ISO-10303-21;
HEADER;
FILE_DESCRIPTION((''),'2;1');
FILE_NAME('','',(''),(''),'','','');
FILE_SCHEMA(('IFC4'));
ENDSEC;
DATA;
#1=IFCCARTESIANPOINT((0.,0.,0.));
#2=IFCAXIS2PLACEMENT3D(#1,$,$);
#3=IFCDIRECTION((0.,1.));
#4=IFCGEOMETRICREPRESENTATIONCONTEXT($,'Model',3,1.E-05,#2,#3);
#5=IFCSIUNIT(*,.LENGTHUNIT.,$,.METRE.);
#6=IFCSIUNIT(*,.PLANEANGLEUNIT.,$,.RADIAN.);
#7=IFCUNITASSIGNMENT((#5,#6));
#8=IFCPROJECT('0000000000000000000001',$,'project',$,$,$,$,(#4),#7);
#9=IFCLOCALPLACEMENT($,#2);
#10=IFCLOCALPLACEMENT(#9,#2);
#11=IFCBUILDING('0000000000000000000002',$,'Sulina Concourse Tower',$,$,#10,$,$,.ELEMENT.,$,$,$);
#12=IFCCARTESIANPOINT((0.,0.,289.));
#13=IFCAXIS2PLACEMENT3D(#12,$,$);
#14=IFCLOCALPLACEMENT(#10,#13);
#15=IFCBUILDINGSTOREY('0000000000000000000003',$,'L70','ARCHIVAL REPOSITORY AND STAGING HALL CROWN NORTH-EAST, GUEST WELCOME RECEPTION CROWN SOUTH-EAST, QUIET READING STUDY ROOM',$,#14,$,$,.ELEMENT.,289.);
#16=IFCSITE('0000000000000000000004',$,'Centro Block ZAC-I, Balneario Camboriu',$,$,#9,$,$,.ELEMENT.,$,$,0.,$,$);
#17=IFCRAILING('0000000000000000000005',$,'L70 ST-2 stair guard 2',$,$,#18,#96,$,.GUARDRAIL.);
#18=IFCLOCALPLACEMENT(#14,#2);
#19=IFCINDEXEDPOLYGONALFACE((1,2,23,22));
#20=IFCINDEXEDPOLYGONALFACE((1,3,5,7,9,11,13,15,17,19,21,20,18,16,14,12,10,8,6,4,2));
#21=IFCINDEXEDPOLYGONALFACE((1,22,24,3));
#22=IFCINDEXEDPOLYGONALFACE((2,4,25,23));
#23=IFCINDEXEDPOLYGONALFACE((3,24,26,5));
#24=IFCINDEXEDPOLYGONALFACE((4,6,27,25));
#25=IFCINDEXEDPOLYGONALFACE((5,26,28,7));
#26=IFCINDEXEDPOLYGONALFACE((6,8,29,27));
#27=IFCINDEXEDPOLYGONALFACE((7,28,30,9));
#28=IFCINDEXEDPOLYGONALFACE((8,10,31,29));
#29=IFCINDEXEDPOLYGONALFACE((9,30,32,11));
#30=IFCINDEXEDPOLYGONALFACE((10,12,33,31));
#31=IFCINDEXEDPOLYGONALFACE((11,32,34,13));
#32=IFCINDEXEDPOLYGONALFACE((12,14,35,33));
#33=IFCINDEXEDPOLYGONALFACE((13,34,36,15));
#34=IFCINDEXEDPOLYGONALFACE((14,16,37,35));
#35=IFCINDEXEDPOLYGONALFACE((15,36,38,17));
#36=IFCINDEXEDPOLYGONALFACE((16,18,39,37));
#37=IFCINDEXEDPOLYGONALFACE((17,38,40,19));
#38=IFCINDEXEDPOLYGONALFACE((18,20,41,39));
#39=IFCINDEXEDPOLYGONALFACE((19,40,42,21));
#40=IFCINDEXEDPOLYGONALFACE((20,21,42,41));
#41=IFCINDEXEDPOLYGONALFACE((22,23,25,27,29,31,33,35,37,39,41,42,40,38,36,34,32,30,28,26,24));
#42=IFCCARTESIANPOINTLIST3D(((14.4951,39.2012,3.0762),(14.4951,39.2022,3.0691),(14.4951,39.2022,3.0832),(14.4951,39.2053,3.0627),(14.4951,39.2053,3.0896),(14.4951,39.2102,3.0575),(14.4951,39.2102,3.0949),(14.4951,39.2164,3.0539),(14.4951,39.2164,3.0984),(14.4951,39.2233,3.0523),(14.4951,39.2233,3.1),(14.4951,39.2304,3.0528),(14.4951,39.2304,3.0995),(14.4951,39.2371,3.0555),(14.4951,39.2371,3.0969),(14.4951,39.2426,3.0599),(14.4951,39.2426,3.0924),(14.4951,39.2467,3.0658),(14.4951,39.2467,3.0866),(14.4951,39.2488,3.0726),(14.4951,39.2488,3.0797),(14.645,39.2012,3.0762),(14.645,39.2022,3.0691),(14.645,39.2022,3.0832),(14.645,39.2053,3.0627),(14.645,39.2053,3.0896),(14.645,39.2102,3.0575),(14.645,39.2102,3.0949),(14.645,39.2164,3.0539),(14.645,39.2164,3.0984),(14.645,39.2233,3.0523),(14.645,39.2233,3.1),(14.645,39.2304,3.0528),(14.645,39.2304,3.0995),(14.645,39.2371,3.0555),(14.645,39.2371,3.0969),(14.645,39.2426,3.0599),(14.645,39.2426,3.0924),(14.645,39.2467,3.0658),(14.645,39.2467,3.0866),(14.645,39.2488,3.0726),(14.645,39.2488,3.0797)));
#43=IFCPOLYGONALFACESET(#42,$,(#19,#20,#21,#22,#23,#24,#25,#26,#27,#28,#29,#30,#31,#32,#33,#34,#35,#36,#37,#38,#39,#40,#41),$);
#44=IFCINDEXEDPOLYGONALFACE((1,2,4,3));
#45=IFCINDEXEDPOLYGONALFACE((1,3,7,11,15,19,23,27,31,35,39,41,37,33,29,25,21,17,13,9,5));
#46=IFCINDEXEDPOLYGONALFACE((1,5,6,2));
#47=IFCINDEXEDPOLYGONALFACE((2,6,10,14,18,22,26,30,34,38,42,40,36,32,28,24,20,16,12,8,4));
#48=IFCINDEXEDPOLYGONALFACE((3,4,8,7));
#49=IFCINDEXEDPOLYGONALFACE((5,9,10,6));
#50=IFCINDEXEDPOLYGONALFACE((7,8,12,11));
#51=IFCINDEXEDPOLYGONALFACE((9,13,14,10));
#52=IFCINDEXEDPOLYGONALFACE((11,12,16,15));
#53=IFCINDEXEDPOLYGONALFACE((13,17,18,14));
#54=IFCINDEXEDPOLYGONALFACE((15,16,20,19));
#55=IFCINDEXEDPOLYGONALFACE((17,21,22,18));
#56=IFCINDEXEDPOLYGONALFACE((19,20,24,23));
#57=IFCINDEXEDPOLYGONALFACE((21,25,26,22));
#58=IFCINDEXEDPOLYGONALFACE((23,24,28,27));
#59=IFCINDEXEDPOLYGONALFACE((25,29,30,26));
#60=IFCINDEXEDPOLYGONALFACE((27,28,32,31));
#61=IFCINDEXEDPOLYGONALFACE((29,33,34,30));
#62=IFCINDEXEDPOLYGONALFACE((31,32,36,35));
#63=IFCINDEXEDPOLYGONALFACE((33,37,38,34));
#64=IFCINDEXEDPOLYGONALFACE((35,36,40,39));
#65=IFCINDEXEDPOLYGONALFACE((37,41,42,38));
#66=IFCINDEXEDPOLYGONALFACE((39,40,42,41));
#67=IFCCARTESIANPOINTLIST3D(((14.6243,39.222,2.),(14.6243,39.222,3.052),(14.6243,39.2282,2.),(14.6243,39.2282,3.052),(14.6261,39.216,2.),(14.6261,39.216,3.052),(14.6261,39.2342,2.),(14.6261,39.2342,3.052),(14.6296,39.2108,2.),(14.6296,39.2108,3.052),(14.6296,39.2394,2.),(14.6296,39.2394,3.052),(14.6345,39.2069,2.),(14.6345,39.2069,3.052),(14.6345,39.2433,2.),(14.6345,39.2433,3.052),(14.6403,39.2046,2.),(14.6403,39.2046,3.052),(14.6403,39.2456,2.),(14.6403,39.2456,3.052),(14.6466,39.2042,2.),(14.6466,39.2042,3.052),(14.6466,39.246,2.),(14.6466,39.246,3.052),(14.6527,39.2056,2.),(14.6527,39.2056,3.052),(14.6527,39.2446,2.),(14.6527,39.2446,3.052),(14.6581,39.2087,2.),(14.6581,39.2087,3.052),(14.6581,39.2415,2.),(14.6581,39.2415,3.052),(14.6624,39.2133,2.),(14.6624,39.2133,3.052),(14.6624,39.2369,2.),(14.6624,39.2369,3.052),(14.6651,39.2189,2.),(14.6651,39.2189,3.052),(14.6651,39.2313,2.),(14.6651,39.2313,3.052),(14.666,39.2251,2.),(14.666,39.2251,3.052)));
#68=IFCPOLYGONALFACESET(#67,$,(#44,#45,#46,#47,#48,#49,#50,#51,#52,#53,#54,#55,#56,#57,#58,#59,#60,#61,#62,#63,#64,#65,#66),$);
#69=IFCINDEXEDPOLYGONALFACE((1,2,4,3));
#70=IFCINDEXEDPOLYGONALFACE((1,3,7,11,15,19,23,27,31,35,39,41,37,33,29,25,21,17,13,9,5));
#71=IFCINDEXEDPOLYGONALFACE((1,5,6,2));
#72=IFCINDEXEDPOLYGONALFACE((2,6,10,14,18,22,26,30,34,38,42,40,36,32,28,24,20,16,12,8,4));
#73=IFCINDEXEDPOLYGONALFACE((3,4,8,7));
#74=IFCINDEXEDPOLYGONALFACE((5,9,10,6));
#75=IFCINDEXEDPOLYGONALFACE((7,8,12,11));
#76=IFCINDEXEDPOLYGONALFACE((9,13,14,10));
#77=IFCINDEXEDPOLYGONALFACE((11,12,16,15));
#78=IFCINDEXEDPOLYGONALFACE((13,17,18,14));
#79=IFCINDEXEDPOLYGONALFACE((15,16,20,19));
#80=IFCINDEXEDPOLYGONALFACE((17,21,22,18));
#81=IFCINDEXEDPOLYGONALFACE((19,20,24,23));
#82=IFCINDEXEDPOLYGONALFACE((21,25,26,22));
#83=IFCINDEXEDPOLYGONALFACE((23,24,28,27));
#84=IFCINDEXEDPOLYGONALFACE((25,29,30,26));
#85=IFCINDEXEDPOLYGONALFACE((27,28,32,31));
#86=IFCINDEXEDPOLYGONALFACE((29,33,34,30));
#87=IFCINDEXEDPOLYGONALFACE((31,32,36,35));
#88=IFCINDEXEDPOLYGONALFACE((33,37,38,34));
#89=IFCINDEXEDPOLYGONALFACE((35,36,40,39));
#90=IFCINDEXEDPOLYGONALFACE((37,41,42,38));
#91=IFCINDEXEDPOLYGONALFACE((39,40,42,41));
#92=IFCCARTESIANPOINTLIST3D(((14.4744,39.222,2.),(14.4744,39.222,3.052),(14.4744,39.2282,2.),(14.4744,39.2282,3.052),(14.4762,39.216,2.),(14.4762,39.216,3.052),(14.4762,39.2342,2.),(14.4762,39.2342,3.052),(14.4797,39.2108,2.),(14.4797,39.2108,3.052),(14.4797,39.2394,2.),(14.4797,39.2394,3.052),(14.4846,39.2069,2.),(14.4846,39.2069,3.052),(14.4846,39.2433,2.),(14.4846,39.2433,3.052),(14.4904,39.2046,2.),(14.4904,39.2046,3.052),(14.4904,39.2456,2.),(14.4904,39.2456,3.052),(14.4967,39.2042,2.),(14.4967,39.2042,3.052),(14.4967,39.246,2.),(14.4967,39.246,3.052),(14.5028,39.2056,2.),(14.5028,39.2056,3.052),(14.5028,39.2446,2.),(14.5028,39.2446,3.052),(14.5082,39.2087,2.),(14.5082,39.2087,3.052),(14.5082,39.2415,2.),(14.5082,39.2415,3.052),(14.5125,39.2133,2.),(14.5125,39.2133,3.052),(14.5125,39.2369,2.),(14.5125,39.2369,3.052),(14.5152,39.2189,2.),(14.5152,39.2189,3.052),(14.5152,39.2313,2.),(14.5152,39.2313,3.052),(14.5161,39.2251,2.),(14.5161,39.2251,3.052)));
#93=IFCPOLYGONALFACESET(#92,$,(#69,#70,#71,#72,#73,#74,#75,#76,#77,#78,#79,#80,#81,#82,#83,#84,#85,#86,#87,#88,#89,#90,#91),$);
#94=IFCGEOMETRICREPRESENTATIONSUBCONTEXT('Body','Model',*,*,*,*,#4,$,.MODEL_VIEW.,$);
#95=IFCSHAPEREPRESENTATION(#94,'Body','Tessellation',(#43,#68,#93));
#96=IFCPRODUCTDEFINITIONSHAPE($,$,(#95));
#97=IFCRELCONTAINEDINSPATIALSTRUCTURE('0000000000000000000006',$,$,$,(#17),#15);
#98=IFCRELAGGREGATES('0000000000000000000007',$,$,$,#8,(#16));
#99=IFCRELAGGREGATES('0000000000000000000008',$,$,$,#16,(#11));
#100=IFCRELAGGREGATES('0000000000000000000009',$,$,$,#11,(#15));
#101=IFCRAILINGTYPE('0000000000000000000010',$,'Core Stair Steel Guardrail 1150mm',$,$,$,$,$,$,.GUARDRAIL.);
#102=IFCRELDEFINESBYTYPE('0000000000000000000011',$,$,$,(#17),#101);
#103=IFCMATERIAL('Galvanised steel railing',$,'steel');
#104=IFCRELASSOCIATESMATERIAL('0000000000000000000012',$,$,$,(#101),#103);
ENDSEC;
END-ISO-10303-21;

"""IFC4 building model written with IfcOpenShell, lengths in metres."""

from ifc_helpers import new_model, si_unit, direction, frame, origin, origin_2d, place, context, subcontext, project, spatial, circle, extrude, material, type_object, element, save


model = new_model("IFC4")

# Units and contexts
model_context = context("Model", 3, precision=1e-05, world=origin(), true_north=direction((0.0, 1.0)))
body_context = subcontext(model_context, "Body", "Model", "MODEL_VIEW")
ifc_project = project(units=[si_unit("LENGTHUNIT", "METRE"), si_unit("PLANEANGLEUNIT", "RADIAN")], contexts=[model_context])

# Site, building, storey
site_placement = place(None, origin())
site = spatial("IfcSite", under=ifc_project, at=site_placement, Name="Centro Block ZAC-I, Balneario Camboriu", CompositionType="ELEMENT", RefElevation=0.0)
building_placement = place(site_placement, origin())
building = spatial("IfcBuilding", under=site, at=building_placement, Name="Sulina Concourse Tower", CompositionType="ELEMENT")
storey_placement = place(building_placement, frame((0.0, 0.0, 289.0)))
storey = spatial("IfcBuildingStorey", under=building, at=storey_placement, Name="L70", Description="ARCHIVAL REPOSITORY AND STAGING HALL CROWN NORTH-EAST, GUEST WELCOME RECEPTION CROWN SOUTH-EAST, QUIET READING STUDY ROOM", CompositionType="ELEMENT", Elevation=289.0)

# Railing
ifc_material_1 = material(Name="Galvanised steel railing", Category="steel")
railing_type_1 = type_object("IfcRailingType", Name="Core Stair Steel Guardrail 1150mm", PredefinedType="GUARDRAIL", material=ifc_material_1)
railing_1_placement = place(storey_placement, frame((14.645, 39.2251, 2.0)))
element("IfcRailing", 1, at=railing_1_placement, inside=storey, type_object=railing_type_1, Name="L70 ST-2 stair guard 2", PredefinedType="GUARDRAIL", context=body_context, shape_type="SweptSolid", body=[
    extrude(circle(Radius=0.0239, at=origin_2d()), frame((0.0, 0.0, 1.0762), z_axis=(-1.0, 0.0, 0.0), x_axis=(0.0, -1.0, 0.0)), (0.0, 0.0, 1.0), 0.1499),
    extrude(circle(Radius=0.021, at=origin_2d()), origin(), (0.0, 0.0, 1.0), 1.052),
    extrude(circle(Radius=0.021, at=origin_2d()), frame((-0.1499, 0.0, 0.0)), (0.0, 0.0, 1.0), 1.052),
])

save(model, "model.ifc")
